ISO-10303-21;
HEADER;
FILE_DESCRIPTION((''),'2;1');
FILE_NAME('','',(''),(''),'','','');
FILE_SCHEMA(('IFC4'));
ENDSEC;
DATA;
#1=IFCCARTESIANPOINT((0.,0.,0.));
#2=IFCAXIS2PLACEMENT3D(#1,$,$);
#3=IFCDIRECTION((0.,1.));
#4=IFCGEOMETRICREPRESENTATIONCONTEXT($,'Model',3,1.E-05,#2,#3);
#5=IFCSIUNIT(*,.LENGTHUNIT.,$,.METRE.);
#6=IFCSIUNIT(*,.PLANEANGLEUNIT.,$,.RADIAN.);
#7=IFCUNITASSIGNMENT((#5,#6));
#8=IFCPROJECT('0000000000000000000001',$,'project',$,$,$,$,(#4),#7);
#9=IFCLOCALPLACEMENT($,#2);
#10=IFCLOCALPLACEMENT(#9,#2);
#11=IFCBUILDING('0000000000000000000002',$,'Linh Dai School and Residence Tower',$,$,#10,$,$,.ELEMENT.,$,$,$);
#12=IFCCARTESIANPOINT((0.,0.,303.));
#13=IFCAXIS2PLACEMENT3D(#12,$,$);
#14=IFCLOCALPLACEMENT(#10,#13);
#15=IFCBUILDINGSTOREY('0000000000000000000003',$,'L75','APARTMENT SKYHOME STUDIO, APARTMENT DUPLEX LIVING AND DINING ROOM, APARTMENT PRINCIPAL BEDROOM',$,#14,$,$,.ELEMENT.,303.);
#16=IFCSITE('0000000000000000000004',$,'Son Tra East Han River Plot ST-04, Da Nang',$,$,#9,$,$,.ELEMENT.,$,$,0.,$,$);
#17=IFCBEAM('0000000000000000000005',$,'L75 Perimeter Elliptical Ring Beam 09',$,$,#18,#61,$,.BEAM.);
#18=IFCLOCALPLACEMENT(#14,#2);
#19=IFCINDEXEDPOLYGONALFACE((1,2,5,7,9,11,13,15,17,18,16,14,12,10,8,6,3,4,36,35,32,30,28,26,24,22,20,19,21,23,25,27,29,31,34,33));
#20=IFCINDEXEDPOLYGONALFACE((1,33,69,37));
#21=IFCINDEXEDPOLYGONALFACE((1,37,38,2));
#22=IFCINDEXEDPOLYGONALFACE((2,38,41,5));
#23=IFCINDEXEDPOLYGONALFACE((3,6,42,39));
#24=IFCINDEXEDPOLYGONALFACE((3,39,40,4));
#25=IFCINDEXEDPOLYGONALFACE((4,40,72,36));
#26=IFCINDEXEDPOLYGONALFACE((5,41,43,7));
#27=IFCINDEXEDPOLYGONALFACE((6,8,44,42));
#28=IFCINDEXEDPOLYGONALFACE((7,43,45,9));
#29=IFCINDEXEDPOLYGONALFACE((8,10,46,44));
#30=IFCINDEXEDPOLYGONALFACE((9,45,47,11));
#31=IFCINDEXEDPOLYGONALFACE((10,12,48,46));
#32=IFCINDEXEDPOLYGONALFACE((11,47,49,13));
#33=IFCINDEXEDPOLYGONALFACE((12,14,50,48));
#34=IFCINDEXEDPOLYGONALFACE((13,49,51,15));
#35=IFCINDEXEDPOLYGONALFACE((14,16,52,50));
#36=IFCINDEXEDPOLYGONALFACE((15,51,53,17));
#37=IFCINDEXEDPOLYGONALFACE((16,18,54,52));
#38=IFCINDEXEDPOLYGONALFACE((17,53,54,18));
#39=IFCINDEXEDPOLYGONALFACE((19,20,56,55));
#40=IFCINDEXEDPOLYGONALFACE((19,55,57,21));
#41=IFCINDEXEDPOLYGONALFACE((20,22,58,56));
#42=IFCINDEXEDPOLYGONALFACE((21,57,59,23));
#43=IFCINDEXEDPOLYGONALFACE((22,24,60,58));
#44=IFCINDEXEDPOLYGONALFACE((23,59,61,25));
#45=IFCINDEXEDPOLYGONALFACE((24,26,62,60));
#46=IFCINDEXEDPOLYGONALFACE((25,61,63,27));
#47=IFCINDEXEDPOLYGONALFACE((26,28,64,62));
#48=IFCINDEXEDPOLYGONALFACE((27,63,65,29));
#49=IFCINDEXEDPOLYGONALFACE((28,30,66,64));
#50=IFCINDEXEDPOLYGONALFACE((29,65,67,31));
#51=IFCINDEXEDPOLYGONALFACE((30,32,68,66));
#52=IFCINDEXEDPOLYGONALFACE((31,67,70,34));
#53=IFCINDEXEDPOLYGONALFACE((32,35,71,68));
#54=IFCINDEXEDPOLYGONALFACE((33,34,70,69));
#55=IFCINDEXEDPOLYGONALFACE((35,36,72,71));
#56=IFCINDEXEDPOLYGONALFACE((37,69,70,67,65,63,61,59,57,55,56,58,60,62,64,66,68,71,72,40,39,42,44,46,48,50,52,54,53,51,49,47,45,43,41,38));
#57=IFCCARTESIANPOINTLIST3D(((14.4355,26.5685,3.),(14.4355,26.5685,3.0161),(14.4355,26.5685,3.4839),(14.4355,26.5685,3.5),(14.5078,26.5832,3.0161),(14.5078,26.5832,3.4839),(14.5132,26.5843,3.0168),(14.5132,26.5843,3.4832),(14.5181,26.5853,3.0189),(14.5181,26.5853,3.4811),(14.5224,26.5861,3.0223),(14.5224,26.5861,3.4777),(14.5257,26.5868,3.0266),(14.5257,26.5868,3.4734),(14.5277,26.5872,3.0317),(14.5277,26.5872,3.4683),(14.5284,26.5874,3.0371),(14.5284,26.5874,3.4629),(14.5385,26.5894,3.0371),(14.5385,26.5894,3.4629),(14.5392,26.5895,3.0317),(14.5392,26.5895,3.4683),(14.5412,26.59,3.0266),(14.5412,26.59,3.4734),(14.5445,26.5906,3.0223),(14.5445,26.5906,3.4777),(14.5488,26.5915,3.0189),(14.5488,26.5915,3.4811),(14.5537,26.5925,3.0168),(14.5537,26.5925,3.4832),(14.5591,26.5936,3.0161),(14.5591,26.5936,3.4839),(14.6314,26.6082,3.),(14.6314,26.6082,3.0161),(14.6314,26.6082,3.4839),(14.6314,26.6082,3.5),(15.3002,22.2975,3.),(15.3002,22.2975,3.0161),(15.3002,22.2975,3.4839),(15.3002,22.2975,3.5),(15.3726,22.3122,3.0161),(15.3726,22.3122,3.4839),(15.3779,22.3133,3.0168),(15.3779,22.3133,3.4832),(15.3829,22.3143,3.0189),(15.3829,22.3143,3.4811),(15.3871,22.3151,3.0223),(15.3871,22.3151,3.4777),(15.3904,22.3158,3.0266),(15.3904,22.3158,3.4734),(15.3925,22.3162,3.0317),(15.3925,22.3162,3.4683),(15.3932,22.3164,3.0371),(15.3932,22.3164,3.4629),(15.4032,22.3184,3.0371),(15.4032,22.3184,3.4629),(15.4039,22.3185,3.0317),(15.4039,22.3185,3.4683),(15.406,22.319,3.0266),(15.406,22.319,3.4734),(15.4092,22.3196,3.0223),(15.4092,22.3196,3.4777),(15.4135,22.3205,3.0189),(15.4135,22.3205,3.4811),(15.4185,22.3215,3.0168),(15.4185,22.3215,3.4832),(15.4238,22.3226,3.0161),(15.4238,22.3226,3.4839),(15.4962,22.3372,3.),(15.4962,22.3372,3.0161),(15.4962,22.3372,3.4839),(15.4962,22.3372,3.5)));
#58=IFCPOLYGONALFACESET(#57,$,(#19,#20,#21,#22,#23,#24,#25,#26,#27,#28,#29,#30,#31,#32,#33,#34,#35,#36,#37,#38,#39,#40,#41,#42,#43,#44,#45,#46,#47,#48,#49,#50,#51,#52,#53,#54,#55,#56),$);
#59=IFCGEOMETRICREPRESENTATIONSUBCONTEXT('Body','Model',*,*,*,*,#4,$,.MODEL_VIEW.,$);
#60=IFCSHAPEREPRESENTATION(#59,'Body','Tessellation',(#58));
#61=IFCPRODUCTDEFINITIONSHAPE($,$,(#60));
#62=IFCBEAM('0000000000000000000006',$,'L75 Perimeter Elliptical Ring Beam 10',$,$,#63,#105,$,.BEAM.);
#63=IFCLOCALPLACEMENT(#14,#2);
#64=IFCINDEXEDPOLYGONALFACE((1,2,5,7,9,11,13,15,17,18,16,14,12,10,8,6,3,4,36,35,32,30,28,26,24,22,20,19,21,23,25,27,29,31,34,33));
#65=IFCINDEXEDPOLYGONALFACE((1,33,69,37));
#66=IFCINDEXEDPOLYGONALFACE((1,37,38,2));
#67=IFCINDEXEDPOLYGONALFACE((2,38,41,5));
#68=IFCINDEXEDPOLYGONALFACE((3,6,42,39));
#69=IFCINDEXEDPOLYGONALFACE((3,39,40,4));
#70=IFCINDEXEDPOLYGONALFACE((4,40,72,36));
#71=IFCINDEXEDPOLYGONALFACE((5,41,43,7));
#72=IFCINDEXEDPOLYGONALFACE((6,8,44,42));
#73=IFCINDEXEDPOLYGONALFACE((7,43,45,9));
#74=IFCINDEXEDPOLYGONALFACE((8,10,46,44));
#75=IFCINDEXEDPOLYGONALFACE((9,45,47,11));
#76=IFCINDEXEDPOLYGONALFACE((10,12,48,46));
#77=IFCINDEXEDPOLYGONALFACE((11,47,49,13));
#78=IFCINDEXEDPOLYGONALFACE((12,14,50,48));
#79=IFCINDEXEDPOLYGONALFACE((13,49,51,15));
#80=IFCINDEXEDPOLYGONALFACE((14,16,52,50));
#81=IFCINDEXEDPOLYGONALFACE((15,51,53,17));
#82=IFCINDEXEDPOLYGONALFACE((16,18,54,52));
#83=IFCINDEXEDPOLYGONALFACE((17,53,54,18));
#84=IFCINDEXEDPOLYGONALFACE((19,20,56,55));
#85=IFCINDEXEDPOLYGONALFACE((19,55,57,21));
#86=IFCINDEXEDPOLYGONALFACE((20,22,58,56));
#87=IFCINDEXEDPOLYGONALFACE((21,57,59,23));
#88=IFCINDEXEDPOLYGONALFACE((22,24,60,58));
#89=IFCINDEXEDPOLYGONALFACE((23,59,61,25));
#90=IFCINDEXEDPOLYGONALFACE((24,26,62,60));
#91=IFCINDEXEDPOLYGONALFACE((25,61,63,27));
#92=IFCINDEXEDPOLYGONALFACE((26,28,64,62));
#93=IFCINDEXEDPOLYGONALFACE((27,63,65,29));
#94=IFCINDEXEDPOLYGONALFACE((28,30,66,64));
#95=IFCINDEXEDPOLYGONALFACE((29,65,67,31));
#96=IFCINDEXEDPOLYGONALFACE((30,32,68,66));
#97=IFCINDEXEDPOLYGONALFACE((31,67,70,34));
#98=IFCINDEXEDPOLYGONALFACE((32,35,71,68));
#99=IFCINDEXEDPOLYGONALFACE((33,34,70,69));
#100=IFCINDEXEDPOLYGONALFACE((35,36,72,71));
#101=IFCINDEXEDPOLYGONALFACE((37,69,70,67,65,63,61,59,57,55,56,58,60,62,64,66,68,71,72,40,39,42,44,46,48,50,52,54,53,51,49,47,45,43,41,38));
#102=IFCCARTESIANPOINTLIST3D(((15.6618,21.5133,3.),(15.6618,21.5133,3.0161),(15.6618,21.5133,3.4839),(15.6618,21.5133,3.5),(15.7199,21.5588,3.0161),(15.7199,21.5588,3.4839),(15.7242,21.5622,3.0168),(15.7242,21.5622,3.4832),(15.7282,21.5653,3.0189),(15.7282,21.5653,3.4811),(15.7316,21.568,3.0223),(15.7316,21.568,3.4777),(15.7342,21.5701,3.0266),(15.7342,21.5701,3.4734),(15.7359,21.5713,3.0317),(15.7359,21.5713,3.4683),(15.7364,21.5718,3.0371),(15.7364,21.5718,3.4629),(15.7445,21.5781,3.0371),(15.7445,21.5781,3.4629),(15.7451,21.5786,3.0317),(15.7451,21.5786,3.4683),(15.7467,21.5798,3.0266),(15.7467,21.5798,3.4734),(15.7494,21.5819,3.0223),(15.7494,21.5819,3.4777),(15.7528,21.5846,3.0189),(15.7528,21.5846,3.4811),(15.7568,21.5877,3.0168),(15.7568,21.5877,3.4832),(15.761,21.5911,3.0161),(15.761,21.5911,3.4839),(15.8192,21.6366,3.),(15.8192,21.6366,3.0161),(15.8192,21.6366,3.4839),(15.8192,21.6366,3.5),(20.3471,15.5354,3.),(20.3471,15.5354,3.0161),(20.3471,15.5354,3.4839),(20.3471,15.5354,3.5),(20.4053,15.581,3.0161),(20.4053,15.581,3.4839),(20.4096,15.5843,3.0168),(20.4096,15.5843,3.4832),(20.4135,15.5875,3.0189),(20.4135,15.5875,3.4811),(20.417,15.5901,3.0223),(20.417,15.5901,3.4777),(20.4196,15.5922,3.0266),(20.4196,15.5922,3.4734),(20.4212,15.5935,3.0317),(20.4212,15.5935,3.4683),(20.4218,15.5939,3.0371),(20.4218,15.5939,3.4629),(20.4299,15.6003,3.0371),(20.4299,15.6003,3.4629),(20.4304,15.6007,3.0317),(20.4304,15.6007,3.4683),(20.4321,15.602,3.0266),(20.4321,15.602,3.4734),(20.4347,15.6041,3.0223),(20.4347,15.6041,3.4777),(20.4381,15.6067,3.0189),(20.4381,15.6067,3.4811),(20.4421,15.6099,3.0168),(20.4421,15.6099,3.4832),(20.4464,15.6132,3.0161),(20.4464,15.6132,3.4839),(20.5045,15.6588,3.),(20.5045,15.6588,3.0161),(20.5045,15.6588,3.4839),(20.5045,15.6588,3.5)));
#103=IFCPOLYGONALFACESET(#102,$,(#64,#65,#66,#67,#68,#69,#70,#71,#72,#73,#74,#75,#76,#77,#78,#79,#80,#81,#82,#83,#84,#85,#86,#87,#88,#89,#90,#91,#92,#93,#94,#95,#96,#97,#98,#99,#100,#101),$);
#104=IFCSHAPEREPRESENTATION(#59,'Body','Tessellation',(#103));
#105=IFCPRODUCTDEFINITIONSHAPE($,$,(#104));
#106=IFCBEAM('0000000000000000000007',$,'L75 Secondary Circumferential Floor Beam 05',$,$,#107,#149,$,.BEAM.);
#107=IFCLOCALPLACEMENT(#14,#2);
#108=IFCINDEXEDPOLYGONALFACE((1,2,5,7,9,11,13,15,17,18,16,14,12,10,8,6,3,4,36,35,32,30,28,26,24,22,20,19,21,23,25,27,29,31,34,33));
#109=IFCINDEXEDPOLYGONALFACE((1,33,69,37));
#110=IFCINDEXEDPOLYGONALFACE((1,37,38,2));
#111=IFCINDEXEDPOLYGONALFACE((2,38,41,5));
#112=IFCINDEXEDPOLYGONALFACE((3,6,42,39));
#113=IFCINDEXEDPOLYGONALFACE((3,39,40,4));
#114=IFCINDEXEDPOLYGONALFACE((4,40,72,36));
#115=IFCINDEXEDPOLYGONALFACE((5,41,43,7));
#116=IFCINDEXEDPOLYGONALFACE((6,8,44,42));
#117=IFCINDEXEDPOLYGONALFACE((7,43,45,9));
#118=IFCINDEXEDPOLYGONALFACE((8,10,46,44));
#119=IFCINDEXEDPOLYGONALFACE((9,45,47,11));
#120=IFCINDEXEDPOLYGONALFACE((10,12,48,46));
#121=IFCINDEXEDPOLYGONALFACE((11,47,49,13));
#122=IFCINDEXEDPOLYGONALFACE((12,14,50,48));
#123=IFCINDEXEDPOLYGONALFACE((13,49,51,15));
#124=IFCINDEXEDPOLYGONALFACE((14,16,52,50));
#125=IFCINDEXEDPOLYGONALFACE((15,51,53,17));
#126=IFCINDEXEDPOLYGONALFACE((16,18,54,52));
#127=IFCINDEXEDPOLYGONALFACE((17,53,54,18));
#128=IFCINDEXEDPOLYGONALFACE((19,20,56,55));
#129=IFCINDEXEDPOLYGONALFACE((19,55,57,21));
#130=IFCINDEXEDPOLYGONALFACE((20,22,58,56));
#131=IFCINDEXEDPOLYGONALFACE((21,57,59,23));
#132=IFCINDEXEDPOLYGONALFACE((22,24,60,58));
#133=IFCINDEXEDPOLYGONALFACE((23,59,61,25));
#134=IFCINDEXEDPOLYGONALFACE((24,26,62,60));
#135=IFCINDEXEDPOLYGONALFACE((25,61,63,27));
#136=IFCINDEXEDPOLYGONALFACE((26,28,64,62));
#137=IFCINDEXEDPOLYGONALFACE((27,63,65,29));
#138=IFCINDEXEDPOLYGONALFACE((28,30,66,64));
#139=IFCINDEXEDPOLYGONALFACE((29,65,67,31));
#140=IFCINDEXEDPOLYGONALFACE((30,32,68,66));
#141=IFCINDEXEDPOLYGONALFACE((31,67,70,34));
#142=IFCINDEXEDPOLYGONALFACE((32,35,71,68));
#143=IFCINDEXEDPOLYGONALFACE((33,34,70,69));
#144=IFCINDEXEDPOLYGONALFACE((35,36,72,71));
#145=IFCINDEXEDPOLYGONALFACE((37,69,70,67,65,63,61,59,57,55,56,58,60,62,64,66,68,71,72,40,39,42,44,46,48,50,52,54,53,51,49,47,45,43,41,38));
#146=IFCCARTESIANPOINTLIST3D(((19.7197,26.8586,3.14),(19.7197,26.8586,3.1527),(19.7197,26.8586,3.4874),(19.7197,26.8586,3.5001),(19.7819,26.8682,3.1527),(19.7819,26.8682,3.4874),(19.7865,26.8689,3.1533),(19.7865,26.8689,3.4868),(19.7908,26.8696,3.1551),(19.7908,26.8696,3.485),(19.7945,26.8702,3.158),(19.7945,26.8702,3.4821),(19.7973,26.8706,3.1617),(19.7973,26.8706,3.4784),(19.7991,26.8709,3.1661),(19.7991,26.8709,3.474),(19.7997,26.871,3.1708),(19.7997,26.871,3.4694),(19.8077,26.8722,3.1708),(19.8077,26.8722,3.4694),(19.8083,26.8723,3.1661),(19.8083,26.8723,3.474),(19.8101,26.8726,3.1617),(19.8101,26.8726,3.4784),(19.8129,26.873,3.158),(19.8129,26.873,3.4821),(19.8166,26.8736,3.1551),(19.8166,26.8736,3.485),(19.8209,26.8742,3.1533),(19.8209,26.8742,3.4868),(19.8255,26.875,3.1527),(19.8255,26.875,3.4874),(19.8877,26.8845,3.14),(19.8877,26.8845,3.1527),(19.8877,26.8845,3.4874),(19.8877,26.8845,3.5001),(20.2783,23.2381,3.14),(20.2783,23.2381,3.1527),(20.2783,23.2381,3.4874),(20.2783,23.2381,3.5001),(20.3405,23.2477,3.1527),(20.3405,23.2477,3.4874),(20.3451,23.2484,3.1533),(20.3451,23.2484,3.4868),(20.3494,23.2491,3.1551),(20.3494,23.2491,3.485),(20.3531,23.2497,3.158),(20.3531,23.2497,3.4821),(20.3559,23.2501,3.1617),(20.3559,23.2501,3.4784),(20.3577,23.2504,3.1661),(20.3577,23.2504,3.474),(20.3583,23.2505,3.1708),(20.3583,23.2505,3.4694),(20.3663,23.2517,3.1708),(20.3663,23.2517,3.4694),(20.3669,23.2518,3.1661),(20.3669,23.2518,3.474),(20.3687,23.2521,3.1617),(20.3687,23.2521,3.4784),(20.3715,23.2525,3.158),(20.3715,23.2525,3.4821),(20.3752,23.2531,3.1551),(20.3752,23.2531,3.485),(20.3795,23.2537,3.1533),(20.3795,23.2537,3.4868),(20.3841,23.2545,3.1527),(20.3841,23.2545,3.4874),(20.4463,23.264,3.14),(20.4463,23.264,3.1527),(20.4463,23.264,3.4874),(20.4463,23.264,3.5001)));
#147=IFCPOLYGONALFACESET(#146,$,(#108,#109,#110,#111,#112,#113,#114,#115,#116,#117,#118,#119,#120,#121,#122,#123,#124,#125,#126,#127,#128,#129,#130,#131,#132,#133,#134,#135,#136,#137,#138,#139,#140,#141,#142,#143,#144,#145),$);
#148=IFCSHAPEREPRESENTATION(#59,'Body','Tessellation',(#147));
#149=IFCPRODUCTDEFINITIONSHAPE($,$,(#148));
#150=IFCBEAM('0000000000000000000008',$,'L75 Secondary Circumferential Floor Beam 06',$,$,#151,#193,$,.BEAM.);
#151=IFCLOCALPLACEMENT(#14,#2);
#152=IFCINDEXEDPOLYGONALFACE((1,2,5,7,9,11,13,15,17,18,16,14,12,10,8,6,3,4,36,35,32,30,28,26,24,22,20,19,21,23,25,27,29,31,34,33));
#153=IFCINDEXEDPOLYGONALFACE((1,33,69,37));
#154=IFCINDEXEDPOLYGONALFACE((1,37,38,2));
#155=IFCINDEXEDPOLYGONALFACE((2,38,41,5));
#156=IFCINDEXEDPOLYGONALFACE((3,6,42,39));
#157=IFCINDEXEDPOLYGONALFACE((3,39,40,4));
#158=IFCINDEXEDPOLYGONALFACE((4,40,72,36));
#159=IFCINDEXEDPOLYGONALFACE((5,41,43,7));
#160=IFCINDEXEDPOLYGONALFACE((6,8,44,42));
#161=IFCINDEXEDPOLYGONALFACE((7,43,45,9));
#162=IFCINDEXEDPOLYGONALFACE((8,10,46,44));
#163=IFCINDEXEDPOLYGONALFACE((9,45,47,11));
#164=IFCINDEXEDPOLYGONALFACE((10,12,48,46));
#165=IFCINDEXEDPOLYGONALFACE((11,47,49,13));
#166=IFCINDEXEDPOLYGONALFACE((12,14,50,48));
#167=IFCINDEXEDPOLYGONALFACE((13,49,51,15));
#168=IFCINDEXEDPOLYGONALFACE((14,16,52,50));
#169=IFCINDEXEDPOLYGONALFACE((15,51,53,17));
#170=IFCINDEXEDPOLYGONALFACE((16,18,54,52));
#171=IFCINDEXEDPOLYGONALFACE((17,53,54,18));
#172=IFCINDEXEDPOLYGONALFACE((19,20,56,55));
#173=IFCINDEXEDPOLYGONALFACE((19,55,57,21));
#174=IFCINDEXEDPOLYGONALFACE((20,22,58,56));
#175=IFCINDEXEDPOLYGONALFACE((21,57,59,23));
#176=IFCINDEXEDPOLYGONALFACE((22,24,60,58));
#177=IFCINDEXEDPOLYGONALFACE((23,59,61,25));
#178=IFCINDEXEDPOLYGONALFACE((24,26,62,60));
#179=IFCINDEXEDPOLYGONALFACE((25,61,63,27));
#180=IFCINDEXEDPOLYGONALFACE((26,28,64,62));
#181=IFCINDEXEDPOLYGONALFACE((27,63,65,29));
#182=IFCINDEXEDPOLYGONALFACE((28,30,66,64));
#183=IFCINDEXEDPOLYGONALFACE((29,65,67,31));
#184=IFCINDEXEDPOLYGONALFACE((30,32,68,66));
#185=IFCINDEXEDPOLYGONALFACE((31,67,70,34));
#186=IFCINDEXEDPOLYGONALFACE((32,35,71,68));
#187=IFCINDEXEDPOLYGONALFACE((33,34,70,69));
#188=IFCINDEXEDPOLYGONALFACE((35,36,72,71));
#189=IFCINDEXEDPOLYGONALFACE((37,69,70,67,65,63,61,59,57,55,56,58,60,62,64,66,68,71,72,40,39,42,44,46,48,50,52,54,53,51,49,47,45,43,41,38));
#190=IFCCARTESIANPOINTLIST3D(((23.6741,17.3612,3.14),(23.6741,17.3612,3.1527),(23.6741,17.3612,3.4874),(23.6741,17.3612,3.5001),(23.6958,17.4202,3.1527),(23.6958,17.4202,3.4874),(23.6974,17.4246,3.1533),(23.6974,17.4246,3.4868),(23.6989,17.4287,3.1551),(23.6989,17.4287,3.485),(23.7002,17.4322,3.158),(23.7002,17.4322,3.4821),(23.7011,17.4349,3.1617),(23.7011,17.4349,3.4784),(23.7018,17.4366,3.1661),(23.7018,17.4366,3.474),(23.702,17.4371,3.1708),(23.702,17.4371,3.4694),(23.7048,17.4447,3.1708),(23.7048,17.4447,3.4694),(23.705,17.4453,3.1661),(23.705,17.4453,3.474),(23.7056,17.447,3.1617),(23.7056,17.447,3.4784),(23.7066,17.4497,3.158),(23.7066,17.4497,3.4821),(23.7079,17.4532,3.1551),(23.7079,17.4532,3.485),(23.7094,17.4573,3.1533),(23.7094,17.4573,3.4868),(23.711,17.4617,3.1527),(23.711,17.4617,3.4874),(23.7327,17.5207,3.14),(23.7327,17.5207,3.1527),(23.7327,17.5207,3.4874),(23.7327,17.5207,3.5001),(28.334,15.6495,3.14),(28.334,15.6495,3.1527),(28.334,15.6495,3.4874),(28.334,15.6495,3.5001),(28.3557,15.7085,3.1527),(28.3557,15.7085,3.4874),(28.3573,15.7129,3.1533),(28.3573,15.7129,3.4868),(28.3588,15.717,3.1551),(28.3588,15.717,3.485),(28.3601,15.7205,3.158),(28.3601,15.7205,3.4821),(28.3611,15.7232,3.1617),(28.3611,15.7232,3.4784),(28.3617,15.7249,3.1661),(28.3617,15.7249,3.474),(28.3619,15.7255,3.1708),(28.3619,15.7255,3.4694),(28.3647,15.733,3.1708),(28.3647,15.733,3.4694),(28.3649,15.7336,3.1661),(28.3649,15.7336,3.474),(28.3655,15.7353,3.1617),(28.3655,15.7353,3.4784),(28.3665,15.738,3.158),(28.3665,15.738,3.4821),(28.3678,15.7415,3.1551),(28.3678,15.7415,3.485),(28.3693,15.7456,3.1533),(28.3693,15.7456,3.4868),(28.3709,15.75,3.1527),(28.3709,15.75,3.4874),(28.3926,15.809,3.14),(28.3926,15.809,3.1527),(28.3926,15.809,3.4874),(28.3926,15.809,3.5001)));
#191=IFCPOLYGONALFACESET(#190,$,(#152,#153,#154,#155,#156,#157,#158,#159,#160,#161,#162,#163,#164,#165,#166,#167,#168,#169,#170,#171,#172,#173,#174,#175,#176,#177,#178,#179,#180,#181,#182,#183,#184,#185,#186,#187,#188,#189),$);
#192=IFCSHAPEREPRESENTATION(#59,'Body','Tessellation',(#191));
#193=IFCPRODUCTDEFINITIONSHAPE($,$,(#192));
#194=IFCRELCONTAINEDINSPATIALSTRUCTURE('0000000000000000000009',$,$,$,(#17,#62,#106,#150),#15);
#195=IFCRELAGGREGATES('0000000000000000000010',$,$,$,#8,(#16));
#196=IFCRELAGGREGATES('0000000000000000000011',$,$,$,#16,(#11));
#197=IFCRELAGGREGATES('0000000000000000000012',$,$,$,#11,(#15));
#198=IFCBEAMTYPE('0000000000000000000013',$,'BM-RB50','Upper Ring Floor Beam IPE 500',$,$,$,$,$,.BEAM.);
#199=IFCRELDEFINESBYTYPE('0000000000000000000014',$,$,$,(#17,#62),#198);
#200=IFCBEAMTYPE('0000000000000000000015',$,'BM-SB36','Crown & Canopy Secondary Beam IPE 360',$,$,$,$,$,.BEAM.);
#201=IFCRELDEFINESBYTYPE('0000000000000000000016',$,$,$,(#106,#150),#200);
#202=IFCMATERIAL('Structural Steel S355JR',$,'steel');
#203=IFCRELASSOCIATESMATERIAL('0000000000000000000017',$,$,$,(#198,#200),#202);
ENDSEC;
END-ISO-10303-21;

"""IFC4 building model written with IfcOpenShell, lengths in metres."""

from ifc_helpers import new_model, si_unit, direction, frame, origin, origin_2d, place, context, subcontext, project, spatial, i_section, extrude, material, material_profile, profile_set, type_object, element, save


model = new_model("IFC4")

# Units and contexts
model_context = context("Model", 3, precision=1e-05, world=origin(), true_north=direction((0.0, 1.0)))
body_context = subcontext(model_context, "Body", "Model", "MODEL_VIEW")
ifc_project = project(units=[si_unit("LENGTHUNIT", "METRE"), si_unit("PLANEANGLEUNIT", "RADIAN")], contexts=[model_context])

# Site, building, storey
site_placement = place(None, origin())
site = spatial("IfcSite", under=ifc_project, at=site_placement, Name="Son Tra East Han River Plot ST-04, Da Nang", CompositionType="ELEMENT", RefElevation=0.0)
building_placement = place(site_placement, origin())
building = spatial("IfcBuilding", under=site, at=building_placement, Name="Linh Dai School and Residence Tower", CompositionType="ELEMENT")
storey_placement = place(building_placement, frame((0.0, 0.0, 303.0)))
storey = spatial("IfcBuildingStorey", under=building, at=storey_placement, Name="L75", Description="APARTMENT SKYHOME STUDIO, APARTMENT DUPLEX LIVING AND DINING ROOM, APARTMENT PRINCIPAL BEDROOM", CompositionType="ELEMENT", Elevation=303.0)

# Shared definitions
ifc_material_1 = material(Name="Structural Steel S355JR", Category="steel")

# Beams
ifc_material_profile_1 = material_profile(ifc_material_1, i_section(OverallWidth=0.2, OverallDepth=0.5, WebThickness=0.0103, FlangeThickness=0.0161, FilletRadius=0.021, at=origin_2d()), Name="IPE 500")
ifc_profile_set_1 = profile_set([ifc_material_profile_1], Name="Structural Steel S355JR")
beam_type_1 = type_object("IfcBeamType", Name="BM-RB50", Description="Upper Ring Floor Beam IPE 500", PredefinedType="BEAM", material=ifc_profile_set_1)
beam_1_placement = place(storey_placement, frame((14.5334, 26.5884, 3.25), z_axis=(0.198443, -0.980112, 0.0), x_axis=(0.980112, 0.198443, 0.0)))
element("IfcBeam", 1, at=beam_1_placement, inside=storey, type_object=beam_type_1, Name="L75 Perimeter Elliptical Ring Beam 09", PredefinedType="BEAM", context=body_context, shape_type="SweptSolid", body=[
    extrude(i_section(OverallWidth=0.2, OverallDepth=0.5, WebThickness=0.0103, FlangeThickness=0.0161, FilletRadius=0.021, at=origin_2d()), origin(), (0.0, 0.0, 1.0), 4.3577),
])
beam_2_placement = place(storey_placement, frame((15.7405, 21.575, 3.25), z_axis=(0.616883, -0.787055, 0.0), x_axis=(0.787055, 0.616883, 0.0)))
element("IfcBeam", 2, at=beam_2_placement, inside=storey, type_object=beam_type_1, Name="L75 Perimeter Elliptical Ring Beam 10", PredefinedType="BEAM", context=body_context, shape_type="SweptSolid", body=[
    extrude(i_section(OverallWidth=0.2, OverallDepth=0.5, WebThickness=0.0103, FlangeThickness=0.0161, FilletRadius=0.021, at=origin_2d()), origin(), (0.0, 0.0, 1.0), 7.5952),
])
ifc_material_profile_2 = material_profile(ifc_material_1, i_section(OverallWidth=0.1699, OverallDepth=0.3601, WebThickness=0.0081, FlangeThickness=0.0127, FilletRadius=0.0181, at=origin_2d()), Name="IPE 360")
ifc_profile_set_2 = profile_set([ifc_material_profile_2], Name="Structural Steel S355JR")
beam_type_2 = type_object("IfcBeamType", Name="BM-SB36", Description="Crown & Canopy Secondary Beam IPE 360", PredefinedType="BEAM", material=ifc_profile_set_2)
beam_3_placement = place(storey_placement, frame((19.8037, 26.8716, 3.3201), z_axis=(0.152478, -0.988307, 0.0), x_axis=(0.988307, 0.152478, 0.0)))
element("IfcBeam", 3, at=beam_3_placement, inside=storey, type_object=beam_type_2, Name="L75 Secondary Circumferential Floor Beam 05", PredefinedType="BEAM", context=body_context, shape_type="SweptSolid", body=[
    extrude(i_section(OverallWidth=0.1699, OverallDepth=0.3601, WebThickness=0.0081, FlangeThickness=0.0127, FilletRadius=0.0181, at=origin_2d()), origin(), (0.0, 0.0, 1.0), 3.6633),
])
beam_4_placement = place(storey_placement, frame((23.7034, 17.4409, 3.3201), z_axis=(0.938679, -0.344794, 0.0), x_axis=(0.344794, 0.938679, 0.0)))
element("IfcBeam", 4, at=beam_4_placement, inside=storey, type_object=beam_type_2, Name="L75 Secondary Circumferential Floor Beam 06", PredefinedType="BEAM", context=body_context, shape_type="SweptSolid", body=[
    extrude(i_section(OverallWidth=0.1699, OverallDepth=0.3601, WebThickness=0.0081, FlangeThickness=0.0127, FilletRadius=0.0181, at=origin_2d()), origin(), (0.0, 0.0, 1.0), 4.9644),
])

save(model, "model.ifc")
